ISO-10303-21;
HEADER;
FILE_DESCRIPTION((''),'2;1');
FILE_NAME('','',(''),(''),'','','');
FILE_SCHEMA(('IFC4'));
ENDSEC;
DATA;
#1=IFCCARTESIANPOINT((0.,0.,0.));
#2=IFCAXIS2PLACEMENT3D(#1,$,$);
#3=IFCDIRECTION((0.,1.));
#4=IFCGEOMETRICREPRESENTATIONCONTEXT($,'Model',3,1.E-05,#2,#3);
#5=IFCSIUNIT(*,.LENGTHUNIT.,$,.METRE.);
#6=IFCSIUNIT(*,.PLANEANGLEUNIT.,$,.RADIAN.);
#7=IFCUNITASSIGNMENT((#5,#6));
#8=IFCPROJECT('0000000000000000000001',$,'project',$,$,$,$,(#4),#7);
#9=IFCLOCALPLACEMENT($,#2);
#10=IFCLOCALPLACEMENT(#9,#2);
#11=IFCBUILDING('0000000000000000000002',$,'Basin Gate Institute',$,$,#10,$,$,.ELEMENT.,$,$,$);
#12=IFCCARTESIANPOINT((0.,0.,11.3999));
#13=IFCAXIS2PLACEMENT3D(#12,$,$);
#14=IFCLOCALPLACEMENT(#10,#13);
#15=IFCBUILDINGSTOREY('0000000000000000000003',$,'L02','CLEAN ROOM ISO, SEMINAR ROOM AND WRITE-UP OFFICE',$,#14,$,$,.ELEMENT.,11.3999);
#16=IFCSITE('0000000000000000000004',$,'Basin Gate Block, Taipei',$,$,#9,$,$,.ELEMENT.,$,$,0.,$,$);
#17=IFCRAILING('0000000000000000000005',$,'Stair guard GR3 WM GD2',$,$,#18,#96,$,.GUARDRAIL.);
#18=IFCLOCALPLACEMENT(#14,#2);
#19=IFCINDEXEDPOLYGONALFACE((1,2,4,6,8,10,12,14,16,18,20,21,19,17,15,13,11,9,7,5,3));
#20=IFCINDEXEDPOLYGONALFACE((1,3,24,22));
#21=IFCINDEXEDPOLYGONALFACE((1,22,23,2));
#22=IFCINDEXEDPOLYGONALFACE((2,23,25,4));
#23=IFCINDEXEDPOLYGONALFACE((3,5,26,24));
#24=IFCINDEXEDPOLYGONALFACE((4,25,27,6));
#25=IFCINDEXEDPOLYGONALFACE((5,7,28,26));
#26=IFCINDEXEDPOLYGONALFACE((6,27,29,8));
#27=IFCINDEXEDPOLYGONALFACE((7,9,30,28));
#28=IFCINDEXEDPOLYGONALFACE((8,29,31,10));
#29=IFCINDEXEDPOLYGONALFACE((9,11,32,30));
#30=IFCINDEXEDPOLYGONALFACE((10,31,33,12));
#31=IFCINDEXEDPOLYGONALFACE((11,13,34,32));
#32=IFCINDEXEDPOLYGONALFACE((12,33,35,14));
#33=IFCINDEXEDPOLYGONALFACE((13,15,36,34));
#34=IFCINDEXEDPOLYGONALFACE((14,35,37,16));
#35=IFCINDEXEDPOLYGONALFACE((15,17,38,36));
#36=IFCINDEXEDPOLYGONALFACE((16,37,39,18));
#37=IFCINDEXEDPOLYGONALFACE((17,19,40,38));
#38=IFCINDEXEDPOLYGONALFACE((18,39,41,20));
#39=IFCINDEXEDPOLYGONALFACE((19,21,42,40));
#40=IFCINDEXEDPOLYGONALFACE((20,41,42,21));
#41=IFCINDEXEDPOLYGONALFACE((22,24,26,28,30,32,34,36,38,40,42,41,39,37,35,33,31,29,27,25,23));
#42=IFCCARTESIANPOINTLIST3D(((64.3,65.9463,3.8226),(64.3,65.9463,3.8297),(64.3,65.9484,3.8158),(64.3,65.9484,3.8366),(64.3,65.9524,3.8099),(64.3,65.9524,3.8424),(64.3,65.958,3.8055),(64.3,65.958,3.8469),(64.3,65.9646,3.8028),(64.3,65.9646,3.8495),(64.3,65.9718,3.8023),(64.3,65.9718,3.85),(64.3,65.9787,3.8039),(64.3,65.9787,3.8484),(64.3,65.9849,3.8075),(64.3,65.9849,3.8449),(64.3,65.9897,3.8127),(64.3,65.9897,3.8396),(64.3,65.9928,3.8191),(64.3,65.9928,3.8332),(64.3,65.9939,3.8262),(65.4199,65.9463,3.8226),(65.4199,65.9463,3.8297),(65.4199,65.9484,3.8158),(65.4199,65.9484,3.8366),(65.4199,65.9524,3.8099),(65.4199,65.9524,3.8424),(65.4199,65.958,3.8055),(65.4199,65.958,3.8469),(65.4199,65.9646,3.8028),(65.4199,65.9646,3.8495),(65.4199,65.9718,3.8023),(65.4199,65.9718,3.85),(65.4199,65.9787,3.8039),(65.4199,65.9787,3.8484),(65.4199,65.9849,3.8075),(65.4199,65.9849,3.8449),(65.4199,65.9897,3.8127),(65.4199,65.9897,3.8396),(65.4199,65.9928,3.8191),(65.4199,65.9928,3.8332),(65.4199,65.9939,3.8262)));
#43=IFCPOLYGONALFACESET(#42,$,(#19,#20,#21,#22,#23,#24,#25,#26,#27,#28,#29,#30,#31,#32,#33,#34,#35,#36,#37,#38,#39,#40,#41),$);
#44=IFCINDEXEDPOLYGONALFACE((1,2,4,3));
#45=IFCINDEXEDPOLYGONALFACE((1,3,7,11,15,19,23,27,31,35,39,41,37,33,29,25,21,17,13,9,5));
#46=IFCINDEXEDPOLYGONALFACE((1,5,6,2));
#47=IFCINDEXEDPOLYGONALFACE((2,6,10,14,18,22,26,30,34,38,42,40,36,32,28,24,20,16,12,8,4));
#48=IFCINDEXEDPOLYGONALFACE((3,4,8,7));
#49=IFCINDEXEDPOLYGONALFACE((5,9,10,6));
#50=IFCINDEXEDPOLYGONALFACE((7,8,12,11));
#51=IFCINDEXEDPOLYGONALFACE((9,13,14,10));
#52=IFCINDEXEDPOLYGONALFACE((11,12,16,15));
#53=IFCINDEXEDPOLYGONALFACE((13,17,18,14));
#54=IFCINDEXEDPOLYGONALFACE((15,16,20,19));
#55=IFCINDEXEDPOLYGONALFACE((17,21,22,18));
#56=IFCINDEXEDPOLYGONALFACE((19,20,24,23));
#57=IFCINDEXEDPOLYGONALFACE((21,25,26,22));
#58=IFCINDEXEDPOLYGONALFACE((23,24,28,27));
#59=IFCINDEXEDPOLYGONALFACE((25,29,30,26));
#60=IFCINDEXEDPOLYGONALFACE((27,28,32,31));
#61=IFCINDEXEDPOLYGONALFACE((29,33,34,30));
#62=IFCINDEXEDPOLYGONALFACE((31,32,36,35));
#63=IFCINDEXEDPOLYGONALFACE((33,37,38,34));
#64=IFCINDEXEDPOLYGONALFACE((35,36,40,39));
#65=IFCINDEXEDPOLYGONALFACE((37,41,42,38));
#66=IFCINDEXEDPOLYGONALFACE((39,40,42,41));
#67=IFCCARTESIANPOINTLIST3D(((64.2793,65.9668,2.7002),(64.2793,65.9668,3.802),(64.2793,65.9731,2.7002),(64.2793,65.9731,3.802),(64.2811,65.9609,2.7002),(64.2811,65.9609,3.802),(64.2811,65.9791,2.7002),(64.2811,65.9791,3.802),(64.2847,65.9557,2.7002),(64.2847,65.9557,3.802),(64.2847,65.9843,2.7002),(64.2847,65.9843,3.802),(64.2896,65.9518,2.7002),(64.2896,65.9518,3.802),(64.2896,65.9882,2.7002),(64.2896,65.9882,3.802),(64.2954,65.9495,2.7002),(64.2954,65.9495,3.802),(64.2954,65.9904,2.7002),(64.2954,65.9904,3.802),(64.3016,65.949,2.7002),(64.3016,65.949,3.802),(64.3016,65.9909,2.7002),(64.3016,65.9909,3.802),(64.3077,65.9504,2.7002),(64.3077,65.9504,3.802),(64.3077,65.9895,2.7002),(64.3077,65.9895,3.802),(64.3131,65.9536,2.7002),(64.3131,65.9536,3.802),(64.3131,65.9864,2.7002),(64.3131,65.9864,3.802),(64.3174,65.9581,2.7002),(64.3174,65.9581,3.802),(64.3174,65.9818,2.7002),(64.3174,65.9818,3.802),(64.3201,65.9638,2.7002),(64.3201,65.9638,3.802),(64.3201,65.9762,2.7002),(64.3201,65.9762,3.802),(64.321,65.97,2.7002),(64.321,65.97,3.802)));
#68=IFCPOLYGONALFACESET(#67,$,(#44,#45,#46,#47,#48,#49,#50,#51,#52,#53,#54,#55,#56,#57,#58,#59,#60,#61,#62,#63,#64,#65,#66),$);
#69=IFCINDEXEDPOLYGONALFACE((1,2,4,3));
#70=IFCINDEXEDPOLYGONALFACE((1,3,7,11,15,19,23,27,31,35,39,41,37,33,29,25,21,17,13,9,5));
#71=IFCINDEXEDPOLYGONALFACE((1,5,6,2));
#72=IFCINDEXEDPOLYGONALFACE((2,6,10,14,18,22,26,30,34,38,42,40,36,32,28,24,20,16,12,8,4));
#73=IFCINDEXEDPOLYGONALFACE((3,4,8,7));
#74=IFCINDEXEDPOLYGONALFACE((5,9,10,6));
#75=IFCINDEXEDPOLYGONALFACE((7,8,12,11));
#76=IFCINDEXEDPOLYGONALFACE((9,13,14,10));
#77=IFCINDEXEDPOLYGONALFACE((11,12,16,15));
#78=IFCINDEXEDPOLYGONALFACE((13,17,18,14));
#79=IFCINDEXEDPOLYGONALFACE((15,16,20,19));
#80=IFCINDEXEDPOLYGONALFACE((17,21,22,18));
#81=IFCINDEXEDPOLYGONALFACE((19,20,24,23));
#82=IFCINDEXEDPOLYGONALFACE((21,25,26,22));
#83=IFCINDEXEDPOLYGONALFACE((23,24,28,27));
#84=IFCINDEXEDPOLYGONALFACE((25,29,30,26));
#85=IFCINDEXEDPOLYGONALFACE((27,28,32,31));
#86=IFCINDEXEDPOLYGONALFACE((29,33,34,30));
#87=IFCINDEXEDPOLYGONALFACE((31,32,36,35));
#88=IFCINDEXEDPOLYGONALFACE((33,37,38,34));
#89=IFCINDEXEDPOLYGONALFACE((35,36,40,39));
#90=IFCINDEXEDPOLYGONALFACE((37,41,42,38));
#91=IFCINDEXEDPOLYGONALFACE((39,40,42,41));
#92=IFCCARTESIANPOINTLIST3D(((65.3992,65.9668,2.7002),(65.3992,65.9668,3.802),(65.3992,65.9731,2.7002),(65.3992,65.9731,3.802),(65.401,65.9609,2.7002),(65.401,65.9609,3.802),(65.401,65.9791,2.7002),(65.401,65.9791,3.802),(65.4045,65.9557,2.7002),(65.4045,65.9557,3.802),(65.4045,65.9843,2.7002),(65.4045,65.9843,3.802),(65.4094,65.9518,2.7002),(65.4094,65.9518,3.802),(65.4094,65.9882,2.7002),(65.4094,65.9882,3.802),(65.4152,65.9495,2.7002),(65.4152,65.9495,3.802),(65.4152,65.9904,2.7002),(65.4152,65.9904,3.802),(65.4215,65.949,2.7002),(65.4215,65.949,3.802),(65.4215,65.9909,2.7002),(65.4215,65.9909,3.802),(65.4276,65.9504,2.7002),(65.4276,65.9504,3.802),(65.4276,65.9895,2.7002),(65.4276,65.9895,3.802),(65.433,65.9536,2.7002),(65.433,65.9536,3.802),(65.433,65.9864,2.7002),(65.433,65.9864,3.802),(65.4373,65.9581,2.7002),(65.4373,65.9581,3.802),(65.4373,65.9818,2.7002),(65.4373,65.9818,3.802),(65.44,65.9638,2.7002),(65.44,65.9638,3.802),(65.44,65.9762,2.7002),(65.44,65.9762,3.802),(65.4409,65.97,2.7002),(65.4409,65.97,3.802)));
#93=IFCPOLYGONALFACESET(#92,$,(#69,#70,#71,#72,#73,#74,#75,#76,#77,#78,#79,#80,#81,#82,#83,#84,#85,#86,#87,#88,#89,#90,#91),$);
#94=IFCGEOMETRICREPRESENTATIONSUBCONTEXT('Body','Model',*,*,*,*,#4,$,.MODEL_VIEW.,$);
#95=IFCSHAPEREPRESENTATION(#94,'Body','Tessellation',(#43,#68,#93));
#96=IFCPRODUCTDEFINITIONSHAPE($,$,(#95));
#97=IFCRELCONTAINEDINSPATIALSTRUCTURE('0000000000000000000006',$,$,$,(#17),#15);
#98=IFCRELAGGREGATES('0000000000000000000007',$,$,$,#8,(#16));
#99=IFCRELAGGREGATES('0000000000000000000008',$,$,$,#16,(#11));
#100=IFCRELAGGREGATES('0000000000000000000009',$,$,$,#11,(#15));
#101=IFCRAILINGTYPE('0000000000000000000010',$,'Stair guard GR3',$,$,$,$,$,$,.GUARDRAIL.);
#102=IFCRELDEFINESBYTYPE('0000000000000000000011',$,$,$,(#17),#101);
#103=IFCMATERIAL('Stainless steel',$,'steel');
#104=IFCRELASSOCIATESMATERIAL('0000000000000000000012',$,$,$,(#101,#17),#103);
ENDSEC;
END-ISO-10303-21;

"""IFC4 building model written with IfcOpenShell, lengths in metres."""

from ifc_helpers import new_model, si_unit, direction, frame, origin, origin_2d, place, context, subcontext, project, spatial, circle, extrude, material, type_object, element, save


model = new_model("IFC4")

# Units and contexts
model_context = context("Model", 3, precision=1e-05, world=origin(), true_north=direction((0.0, 1.0)))
body_context = subcontext(model_context, "Body", "Model", "MODEL_VIEW")
ifc_project = project(units=[si_unit("LENGTHUNIT", "METRE"), si_unit("PLANEANGLEUNIT", "RADIAN")], contexts=[model_context])

# Site, building, storey
site_placement = place(None, origin())
site = spatial("IfcSite", under=ifc_project, at=site_placement, Name="Basin Gate Block, Taipei", CompositionType="ELEMENT", RefElevation=0.0)
building_placement = place(site_placement, origin())
building = spatial("IfcBuilding", under=site, at=building_placement, Name="Basin Gate Institute", CompositionType="ELEMENT")
storey_placement = place(building_placement, frame((0.0, 0.0, 11.3999)))
storey = spatial("IfcBuildingStorey", under=building, at=storey_placement, Name="L02", Description="CLEAN ROOM ISO, SEMINAR ROOM AND WRITE-UP OFFICE", CompositionType="ELEMENT", Elevation=11.3999)

# Railing
ifc_material_1 = material(Name="Stainless steel", Category="steel")
railing_type_1 = type_object("IfcRailingType", Name="Stair guard GR3", PredefinedType="GUARDRAIL", material=ifc_material_1)
railing_1_placement = place(storey_placement, frame((64.3, 65.97, 2.7002)))
element("IfcRailing", 1, at=railing_1_placement, inside=storey, type_object=railing_type_1, material=ifc_material_1, Name="Stair guard GR3 WM GD2", PredefinedType="GUARDRAIL", context=body_context, shape_type="SweptSolid", body=[
    extrude(circle(Radius=0.0239, at=origin_2d()), frame((0.0, 0.0, 1.126), z_axis=(1.0, 0.0, 0.0), x_axis=(0.0, 1.0, 0.0)), (0.0, 0.0, 1.0), 1.1199),
    extrude(circle(Radius=0.021, at=origin_2d()), origin(), (0.0, 0.0, 1.0), 1.1018),
    extrude(circle(Radius=0.021, at=origin_2d()), frame((1.1199, 0.0, 0.0)), (0.0, 0.0, 1.0), 1.1018),
])

save(model, "model.ifc")
